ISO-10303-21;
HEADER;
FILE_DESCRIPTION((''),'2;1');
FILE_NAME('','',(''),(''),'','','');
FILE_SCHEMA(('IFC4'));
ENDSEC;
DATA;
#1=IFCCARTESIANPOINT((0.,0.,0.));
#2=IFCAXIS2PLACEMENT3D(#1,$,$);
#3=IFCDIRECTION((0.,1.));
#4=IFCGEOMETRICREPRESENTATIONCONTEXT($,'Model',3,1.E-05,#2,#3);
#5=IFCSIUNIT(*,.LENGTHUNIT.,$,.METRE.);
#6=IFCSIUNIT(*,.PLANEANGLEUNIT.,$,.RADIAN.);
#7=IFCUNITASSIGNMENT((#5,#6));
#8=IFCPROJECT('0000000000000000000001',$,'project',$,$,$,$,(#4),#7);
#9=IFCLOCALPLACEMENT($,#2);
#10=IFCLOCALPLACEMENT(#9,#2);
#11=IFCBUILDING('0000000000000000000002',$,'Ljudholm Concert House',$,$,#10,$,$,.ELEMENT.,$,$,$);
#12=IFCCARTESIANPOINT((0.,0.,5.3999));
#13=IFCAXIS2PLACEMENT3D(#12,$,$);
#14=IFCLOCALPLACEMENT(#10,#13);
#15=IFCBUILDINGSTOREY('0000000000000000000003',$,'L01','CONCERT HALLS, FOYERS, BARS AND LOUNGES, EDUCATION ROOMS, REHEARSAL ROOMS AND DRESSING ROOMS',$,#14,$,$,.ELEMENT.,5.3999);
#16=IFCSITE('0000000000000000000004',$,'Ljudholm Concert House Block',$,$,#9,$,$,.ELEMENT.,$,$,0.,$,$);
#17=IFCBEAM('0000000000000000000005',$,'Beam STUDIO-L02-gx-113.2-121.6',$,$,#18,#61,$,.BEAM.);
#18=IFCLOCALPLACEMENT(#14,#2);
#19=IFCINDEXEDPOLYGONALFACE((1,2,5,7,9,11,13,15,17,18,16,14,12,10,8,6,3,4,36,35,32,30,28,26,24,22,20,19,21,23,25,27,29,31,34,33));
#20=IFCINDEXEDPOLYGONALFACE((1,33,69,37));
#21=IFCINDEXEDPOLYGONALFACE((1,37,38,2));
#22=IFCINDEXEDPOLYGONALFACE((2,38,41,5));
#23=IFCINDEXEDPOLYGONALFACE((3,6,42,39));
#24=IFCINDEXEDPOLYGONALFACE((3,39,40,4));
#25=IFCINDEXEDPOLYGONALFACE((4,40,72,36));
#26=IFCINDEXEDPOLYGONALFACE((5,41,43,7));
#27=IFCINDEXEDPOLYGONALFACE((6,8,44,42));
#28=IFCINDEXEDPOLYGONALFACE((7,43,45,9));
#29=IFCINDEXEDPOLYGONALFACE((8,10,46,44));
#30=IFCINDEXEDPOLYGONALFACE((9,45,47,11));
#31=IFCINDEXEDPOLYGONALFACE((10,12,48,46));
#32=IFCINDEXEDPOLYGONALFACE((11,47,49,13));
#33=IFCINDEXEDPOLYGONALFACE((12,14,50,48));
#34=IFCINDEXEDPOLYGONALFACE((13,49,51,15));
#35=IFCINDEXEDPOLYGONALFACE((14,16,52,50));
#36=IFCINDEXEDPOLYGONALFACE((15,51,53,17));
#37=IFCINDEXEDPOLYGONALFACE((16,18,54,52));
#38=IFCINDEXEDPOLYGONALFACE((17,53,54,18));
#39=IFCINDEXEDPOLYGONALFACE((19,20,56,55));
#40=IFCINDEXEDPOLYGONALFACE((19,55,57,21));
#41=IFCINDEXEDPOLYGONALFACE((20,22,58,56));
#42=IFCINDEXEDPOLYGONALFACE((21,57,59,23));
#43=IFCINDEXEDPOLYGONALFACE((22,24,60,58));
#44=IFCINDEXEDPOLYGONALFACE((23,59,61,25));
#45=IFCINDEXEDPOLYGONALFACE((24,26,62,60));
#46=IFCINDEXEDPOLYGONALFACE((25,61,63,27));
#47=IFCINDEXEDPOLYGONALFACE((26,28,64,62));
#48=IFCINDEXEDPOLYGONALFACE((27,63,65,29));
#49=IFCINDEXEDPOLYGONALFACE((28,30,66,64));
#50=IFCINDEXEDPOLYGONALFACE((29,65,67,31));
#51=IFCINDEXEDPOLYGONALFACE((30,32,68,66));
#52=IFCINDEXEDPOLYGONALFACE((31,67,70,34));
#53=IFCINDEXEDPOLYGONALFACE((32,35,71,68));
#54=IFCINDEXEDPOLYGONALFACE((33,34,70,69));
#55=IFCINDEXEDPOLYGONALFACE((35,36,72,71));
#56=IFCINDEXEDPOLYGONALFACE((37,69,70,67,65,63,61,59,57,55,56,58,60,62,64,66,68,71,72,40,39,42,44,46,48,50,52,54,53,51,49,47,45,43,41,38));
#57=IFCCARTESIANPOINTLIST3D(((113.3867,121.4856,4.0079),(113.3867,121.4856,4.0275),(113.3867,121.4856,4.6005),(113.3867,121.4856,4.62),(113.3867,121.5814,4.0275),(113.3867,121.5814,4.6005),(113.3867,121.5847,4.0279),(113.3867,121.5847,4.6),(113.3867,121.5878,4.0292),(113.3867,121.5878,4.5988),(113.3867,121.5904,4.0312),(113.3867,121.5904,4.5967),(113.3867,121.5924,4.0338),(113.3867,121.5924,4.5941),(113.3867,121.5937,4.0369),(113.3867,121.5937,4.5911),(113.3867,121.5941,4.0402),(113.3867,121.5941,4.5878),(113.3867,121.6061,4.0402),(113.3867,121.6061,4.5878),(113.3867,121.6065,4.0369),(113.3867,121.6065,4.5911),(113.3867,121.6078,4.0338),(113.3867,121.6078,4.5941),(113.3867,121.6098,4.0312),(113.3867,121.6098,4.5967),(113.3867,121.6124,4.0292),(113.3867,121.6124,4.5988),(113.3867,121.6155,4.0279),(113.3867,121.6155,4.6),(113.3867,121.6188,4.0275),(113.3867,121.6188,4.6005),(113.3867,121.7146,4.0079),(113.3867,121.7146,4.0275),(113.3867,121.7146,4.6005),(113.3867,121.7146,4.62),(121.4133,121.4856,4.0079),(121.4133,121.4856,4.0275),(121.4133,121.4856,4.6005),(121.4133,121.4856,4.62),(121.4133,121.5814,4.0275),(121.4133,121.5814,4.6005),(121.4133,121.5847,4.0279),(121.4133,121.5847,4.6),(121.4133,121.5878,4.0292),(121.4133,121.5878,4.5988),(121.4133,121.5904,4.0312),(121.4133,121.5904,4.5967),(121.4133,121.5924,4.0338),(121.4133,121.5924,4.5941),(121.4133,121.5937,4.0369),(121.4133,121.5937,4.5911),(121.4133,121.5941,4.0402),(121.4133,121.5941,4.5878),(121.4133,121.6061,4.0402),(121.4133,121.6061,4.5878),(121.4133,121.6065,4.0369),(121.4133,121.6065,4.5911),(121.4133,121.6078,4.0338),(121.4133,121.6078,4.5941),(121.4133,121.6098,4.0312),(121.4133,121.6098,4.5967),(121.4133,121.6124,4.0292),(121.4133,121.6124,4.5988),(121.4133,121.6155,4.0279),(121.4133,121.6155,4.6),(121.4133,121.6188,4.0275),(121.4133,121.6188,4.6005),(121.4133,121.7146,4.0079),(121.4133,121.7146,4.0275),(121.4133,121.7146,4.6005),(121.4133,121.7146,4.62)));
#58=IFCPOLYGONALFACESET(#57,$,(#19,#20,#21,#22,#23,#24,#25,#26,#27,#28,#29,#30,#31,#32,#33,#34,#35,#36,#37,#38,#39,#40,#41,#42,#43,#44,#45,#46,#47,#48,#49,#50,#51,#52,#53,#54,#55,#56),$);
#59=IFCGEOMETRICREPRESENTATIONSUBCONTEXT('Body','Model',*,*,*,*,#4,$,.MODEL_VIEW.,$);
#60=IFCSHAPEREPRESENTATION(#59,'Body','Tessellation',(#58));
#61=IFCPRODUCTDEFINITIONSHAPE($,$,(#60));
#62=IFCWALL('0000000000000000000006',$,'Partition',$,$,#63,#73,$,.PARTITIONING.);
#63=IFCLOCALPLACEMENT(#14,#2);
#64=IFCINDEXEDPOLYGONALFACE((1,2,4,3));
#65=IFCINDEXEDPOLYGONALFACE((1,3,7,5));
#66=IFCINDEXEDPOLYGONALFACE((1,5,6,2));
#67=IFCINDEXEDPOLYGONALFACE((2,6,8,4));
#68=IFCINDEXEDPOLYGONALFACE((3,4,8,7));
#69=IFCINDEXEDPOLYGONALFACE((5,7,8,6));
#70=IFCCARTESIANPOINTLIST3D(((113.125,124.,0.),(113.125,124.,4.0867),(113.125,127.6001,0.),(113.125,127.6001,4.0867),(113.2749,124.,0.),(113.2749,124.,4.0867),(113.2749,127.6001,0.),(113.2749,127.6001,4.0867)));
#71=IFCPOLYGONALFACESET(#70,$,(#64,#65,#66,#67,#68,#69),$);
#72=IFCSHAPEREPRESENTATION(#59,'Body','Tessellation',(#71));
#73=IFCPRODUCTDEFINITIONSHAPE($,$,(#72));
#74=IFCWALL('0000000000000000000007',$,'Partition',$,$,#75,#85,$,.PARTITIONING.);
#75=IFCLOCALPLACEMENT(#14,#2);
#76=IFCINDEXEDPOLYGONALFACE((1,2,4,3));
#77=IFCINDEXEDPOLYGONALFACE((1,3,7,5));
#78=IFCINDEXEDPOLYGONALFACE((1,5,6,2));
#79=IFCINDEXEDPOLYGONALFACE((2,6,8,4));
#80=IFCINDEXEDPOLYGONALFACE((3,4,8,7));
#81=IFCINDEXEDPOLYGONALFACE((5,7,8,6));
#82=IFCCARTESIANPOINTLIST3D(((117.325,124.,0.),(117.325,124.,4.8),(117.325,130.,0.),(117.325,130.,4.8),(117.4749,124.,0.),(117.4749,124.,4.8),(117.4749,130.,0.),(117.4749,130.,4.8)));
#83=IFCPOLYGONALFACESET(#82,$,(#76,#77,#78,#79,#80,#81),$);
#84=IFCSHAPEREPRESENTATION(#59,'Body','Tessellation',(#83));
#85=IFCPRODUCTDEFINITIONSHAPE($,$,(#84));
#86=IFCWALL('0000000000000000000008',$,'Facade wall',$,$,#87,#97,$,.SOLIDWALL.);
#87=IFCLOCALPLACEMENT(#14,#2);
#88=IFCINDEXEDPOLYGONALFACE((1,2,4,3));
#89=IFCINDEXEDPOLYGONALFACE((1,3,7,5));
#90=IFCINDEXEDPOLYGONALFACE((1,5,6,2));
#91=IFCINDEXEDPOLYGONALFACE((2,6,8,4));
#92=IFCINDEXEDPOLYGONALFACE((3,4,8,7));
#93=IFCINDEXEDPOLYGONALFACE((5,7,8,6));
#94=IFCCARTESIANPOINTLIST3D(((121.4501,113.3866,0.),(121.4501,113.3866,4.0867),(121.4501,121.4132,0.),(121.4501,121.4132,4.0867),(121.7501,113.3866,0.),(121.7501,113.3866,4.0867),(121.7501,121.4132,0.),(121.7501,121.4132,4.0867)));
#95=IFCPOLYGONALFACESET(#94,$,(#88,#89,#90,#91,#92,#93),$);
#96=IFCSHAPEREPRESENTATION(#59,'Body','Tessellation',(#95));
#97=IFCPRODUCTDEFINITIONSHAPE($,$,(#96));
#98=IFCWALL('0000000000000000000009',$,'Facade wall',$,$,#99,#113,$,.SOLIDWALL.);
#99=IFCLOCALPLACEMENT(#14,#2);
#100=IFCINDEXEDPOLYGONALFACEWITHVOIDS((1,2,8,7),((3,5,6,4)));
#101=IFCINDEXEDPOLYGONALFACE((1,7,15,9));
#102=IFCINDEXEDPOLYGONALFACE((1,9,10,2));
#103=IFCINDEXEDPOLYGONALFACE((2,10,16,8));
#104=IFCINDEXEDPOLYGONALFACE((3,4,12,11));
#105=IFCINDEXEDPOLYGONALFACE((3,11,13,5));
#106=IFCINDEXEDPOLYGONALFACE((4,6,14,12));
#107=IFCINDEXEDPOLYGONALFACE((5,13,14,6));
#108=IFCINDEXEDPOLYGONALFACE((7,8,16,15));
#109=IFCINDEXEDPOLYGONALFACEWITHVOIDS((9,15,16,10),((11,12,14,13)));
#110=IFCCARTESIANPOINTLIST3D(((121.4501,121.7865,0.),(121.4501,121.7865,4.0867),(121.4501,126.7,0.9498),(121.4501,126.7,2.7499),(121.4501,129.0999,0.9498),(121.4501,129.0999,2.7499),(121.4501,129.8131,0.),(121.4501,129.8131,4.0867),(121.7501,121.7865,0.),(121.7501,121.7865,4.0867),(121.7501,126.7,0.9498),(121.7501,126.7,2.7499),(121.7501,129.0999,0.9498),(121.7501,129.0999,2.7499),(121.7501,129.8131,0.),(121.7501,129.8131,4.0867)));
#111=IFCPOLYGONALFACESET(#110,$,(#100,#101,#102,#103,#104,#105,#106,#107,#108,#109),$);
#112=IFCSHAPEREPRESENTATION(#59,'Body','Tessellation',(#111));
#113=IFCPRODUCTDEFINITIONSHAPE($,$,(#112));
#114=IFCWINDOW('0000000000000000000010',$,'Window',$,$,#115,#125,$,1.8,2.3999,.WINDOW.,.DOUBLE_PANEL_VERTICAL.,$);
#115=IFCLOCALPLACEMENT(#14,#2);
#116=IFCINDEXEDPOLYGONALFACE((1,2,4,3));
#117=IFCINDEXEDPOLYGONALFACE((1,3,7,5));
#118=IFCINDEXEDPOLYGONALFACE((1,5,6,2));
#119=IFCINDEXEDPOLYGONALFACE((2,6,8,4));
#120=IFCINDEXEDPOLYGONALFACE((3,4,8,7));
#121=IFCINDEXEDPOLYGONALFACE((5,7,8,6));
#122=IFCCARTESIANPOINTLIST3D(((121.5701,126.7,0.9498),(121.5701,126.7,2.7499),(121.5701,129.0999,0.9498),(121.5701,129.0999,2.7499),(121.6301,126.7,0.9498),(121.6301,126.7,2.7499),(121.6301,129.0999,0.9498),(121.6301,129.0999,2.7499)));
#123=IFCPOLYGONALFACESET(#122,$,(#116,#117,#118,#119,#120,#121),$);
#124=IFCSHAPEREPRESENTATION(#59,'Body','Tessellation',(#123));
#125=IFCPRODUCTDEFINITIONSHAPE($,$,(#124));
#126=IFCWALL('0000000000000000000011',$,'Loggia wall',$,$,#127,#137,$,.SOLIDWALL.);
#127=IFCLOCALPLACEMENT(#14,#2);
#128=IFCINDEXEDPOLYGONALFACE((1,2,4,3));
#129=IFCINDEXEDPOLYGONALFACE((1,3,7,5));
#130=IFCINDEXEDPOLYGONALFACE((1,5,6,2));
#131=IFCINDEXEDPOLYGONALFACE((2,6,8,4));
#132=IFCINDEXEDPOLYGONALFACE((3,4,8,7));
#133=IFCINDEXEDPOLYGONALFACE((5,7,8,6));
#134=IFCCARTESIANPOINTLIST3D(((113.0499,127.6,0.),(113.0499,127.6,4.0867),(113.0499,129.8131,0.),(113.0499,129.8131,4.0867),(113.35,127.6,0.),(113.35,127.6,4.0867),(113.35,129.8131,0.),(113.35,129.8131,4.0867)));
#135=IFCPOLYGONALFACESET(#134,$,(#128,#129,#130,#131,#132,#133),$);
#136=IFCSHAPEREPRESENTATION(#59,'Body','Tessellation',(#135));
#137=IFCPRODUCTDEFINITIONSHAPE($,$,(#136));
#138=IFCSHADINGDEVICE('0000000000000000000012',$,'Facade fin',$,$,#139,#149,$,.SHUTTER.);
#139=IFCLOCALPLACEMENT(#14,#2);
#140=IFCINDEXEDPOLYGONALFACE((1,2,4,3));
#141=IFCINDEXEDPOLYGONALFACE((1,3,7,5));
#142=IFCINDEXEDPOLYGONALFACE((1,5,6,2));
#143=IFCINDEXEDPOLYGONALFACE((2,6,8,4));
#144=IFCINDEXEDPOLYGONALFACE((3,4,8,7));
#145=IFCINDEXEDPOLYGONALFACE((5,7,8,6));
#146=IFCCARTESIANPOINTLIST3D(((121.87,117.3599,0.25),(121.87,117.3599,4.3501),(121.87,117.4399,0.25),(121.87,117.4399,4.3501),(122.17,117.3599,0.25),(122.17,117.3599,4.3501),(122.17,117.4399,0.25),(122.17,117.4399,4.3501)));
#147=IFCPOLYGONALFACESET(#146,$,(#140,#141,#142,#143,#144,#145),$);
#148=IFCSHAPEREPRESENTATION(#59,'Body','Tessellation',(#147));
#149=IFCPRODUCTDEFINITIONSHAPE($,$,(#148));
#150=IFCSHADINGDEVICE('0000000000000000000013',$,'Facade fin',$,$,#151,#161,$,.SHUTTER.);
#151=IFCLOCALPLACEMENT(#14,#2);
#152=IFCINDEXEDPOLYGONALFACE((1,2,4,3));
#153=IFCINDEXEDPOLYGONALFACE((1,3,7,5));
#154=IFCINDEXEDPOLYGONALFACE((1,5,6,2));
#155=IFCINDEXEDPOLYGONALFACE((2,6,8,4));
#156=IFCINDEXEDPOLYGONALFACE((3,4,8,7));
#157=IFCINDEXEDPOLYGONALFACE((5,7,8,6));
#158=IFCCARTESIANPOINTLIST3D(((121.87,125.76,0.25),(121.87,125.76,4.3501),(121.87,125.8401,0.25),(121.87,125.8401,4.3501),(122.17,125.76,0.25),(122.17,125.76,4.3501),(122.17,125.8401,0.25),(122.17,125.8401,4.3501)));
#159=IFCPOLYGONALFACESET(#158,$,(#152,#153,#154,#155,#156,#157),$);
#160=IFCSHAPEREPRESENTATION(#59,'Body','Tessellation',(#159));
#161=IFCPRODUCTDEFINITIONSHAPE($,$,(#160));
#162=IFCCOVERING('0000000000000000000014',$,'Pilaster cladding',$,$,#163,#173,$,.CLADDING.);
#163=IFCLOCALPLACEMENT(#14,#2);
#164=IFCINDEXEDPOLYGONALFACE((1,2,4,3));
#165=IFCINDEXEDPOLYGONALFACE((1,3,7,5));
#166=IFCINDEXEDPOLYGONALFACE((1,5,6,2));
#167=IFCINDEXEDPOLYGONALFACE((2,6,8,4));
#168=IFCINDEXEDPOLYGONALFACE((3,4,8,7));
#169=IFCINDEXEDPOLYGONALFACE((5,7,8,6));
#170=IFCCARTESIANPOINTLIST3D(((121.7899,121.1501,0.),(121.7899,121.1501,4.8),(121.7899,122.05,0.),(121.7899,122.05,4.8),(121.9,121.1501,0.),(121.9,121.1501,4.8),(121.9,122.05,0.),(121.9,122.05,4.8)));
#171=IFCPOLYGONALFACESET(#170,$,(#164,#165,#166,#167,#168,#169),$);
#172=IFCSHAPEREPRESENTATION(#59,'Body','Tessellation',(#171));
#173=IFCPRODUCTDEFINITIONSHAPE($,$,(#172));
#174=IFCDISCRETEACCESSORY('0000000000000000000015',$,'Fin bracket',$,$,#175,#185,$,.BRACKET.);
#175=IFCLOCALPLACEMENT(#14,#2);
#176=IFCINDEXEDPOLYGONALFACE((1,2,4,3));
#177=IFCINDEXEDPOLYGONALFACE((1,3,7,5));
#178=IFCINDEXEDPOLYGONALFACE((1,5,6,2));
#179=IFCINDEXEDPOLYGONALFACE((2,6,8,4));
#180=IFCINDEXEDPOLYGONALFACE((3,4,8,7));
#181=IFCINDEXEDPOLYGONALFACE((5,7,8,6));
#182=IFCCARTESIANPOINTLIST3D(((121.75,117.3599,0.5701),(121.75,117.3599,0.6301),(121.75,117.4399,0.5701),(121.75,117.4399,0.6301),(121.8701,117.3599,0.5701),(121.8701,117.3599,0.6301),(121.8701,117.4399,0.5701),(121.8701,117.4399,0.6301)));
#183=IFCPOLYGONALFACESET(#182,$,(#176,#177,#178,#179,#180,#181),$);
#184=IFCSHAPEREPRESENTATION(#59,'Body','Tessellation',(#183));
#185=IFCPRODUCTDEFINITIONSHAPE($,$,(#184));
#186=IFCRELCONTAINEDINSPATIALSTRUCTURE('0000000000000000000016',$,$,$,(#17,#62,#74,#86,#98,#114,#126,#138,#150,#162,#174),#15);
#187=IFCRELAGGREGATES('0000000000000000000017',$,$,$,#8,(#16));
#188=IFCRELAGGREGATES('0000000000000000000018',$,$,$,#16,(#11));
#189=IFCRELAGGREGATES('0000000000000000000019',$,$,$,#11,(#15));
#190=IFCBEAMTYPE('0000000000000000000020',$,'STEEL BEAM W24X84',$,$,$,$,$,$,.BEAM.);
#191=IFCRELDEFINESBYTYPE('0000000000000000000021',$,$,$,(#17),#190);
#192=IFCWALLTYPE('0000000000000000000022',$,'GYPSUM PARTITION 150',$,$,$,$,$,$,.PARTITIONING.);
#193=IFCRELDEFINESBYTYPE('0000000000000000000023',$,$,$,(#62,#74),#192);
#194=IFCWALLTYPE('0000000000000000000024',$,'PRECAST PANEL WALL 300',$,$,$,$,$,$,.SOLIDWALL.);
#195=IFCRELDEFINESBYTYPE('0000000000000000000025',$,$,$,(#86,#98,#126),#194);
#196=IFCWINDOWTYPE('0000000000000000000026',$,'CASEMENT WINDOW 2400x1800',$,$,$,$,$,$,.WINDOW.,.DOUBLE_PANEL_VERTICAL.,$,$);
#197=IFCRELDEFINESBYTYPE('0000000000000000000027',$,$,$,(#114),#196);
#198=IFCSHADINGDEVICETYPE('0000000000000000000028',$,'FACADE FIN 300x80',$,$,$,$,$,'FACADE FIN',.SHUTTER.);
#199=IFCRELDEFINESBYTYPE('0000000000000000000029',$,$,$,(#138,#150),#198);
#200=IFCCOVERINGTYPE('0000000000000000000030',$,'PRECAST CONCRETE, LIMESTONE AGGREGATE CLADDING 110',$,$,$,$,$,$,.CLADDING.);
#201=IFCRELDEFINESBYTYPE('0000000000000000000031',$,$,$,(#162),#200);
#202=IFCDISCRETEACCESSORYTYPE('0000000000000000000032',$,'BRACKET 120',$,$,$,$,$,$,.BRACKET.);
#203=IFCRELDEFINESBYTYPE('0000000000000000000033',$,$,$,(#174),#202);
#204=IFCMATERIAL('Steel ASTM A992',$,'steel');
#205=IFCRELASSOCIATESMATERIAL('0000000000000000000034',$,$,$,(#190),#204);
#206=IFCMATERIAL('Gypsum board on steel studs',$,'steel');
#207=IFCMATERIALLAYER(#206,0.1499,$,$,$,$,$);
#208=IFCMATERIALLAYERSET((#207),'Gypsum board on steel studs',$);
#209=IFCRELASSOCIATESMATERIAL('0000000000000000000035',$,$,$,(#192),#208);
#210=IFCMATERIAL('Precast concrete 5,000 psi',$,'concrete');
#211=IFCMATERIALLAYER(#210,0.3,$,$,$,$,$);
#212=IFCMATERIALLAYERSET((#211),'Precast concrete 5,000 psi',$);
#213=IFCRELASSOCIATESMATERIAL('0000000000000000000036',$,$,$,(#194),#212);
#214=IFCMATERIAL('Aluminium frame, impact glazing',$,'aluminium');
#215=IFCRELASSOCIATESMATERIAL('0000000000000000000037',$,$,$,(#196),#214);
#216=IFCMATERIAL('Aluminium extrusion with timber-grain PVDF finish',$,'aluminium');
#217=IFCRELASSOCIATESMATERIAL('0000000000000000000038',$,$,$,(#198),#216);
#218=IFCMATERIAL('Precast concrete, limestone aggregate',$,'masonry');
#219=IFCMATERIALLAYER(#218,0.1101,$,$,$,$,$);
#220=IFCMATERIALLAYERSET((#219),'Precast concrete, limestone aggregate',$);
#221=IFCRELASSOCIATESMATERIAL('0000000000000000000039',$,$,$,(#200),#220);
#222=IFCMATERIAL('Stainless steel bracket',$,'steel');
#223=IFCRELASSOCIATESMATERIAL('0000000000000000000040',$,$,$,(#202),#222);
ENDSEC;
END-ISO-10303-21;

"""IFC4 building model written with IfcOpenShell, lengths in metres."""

from ifc_helpers import new_model, si_unit, direction, frame, frame_2d, origin, origin_2d, place, context, subcontext, project, spatial, rectangle, i_section, extrude, material, layer, layer_set, material_profile, profile_set, type_object, element, fill, save


model = new_model("IFC4")

# Units and contexts
model_context = context("Model", 3, precision=1e-05, world=origin(), true_north=direction((0.0, 1.0)))
body_context = subcontext(model_context, "Body", "Model", "MODEL_VIEW")
ifc_project = project(units=[si_unit("LENGTHUNIT", "METRE"), si_unit("PLANEANGLEUNIT", "RADIAN")], contexts=[model_context])

# Site, building, storey
site_placement = place(None, origin())
site = spatial("IfcSite", under=ifc_project, at=site_placement, Name="Ljudholm Concert House Block", CompositionType="ELEMENT", RefElevation=0.0)
building_placement = place(site_placement, origin())
building = spatial("IfcBuilding", under=site, at=building_placement, Name="Ljudholm Concert House", CompositionType="ELEMENT")
storey_placement = place(building_placement, frame((0.0, 0.0, 5.3999)))
storey = spatial("IfcBuildingStorey", under=building, at=storey_placement, Name="L01", Description="CONCERT HALLS, FOYERS, BARS AND LOUNGES, EDUCATION ROOMS, REHEARSAL ROOMS AND DRESSING ROOMS", CompositionType="ELEMENT", Elevation=5.3999)

# Beam
ifc_material_1 = material(Name="Steel ASTM A992", Category="steel")
ifc_material_profile_1 = material_profile(ifc_material_1, i_section(OverallWidth=0.229, OverallDepth=0.6121, WebThickness=0.012, FlangeThickness=0.0195, FilletRadius=0.0127, at=origin_2d()), Name="W24X84")
ifc_profile_set_1 = profile_set([ifc_material_profile_1], Name="Steel ASTM A992")
beam_type_1 = type_object("IfcBeamType", Name="STEEL BEAM W24X84", PredefinedType="BEAM", material=ifc_profile_set_1)
beam_1_placement = place(storey_placement, frame((113.3867, 121.6001, 4.314), z_axis=(1.0, 0.0, 0.0), x_axis=(0.0, 1.0, 0.0)))
element("IfcBeam", 1, at=beam_1_placement, inside=storey, type_object=beam_type_1, Name="Beam STUDIO-L02-gx-113.2-121.6", PredefinedType="BEAM", context=body_context, shape_type="SweptSolid", body=[
    extrude(i_section(OverallWidth=0.229, OverallDepth=0.6121, WebThickness=0.012, FlangeThickness=0.0195, FilletRadius=0.0127, at=origin_2d()), origin(), (0.0, 0.0, 1.0), 8.0266),
])

# Walls
ifc_material_2 = material(Name="Gypsum board on steel studs", Category="steel")
ifc_layer_1 = layer(ifc_material_2, 0.1499)
ifc_layer_set_1 = layer_set([ifc_layer_1], Name="Gypsum board on steel studs")
wall_type_1 = type_object("IfcWallType", Name="GYPSUM PARTITION 150", PredefinedType="PARTITIONING", material=ifc_layer_set_1)
wall_1_placement = place(storey_placement, frame((113.2, 124.0, 0.0), z_axis=(0.0, 0.0, 1.0), x_axis=(0.0, 1.0, 0.0)))
element("IfcWall", 2, at=wall_1_placement, inside=storey, type_object=wall_type_1, Name="Partition", PredefinedType="PARTITIONING", context=body_context, shape_type="SweptSolid", body=[
    extrude(rectangle(XDim=3.6001, YDim=0.1499, at=frame_2d((1.8, 0.0))), origin(), (0.0, 0.0, 1.0), 4.0867),
])
wall_2_placement = place(storey_placement, frame((117.3999, 124.0, 0.0), z_axis=(0.0, 0.0, 1.0), x_axis=(0.0, 1.0, 0.0)))
element("IfcWall", 3, at=wall_2_placement, inside=storey, type_object=wall_type_1, Name="Partition", PredefinedType="PARTITIONING", context=body_context, shape_type="SweptSolid", body=[
    extrude(rectangle(XDim=6.0, YDim=0.1499, at=frame_2d((3.0, 0.0))), origin(), (0.0, 0.0, 1.0), 4.8),
])
ifc_material_3 = material(Name="Precast concrete 5,000 psi", Category="concrete")
ifc_layer_2 = layer(ifc_material_3, 0.3)
ifc_layer_set_2 = layer_set([ifc_layer_2], Name="Precast concrete 5,000 psi")
wall_type_2 = type_object("IfcWallType", Name="PRECAST PANEL WALL 300", PredefinedType="SOLIDWALL", material=ifc_layer_set_2)
wall_3_placement = place(storey_placement, frame((121.6001, 113.3867, 0.0), z_axis=(0.0, 0.0, 1.0), x_axis=(0.0, 1.0, 0.0)))
element("IfcWall", 4, at=wall_3_placement, inside=storey, type_object=wall_type_2, Name="Facade wall", PredefinedType="SOLIDWALL", context=body_context, shape_type="SweptSolid", body=[
    extrude(rectangle(XDim=8.0266, YDim=0.3, at=frame_2d((4.0132, 0.0))), origin(), (0.0, 0.0, 1.0), 4.0867),
])

# Wall, opening, window
wall_4_placement = place(storey_placement, frame((121.6001, 121.7866, 0.0), z_axis=(0.0, 0.0, 1.0), x_axis=(0.0, 1.0, 0.0)))
wall_4 = element("IfcWall", 5, at=wall_4_placement, inside=storey, type_object=wall_type_2, Name="Facade wall", PredefinedType="SOLIDWALL", context=body_context, shape_type="SweptSolid", body=[
    extrude(rectangle(XDim=8.0266, YDim=0.3, at=frame_2d((4.0132, 0.0))), origin(), (0.0, 0.0, 1.0), 4.0867),
])
opening_placement = place(wall_4_placement, frame((4.9133, 0.0, 0.95)))
opening = element("IfcOpeningElement", 6, at=opening_placement, cuts=wall_4, PredefinedType="OPENING", context=body_context, shape_type="SweptSolid", body=[
    extrude(rectangle(XDim=2.3999, YDim=1.8, at=frame_2d((1.2, 0.8999))), frame((0.0, 0.1599, 0.0), z_axis=(0.0, -1.0, 0.0), x_axis=(1.0, 0.0, 0.0)), (0.0, 0.0, 1.0), 0.3201),
])
ifc_material_4 = material(Name="Aluminium frame, impact glazing", Category="aluminium")
window_type = type_object("IfcWindowType", Name="CASEMENT WINDOW 2400x1800", PartitioningType="DOUBLE_PANEL_VERTICAL", PredefinedType="WINDOW", material=ifc_material_4)
window_placement = place(opening_placement, origin())
window = element("IfcWindow", 7, at=window_placement, inside=storey, type_object=window_type, Name="Window", OverallHeight=1.8, OverallWidth=2.3999, PartitioningType="DOUBLE_PANEL_VERTICAL", PredefinedType="WINDOW", context=body_context, shape_type="SweptSolid", body=[
    extrude(rectangle(XDim=2.3999, YDim=1.8, at=frame_2d((1.2, 0.8999))), frame((0.0, 0.03, 0.0), z_axis=(0.0, -1.0, 0.0), x_axis=(1.0, 0.0, 0.0)), (0.0, 0.0, 1.0), 0.0601),
])
fill(opening, window)

# Wall
wall_5_placement = place(storey_placement, frame((113.2, 127.6001, 0.0), z_axis=(0.0, 0.0, 1.0), x_axis=(0.0, 1.0, 0.0)))
element("IfcWall", 8, at=wall_5_placement, inside=storey, type_object=wall_type_2, Name="Loggia wall", PredefinedType="SOLIDWALL", context=body_context, shape_type="SweptSolid", body=[
    extrude(rectangle(XDim=2.2131, YDim=0.3, at=frame_2d((1.1064, 0.0))), origin(), (0.0, 0.0, 1.0), 4.0867),
])

# Shading devices
ifc_material_5 = material(Name="Aluminium extrusion with timber-grain PVDF finish", Category="aluminium")
shading_device_type = type_object("IfcShadingDeviceType", Name="FACADE FIN 300x80", ElementType="FACADE FIN", PredefinedType="SHUTTER", material=ifc_material_5)
for number, where, z_axis, x_axis, name in (
    (9, (122.02, 117.3999, 0.25), (0.0, 0.0, 1.0), (1.0, 0.0, 0.0), "Facade fin"),
    (10, (122.02, 125.8, 0.25), (0.0, 0.0, 1.0), (1.0, 0.0, 0.0), "Facade fin"),
):
    element("IfcShadingDevice", number, at=place(storey_placement, frame(where, z_axis=z_axis, x_axis=x_axis)), inside=storey, type_object=shading_device_type, Name=name, PredefinedType="SHUTTER", context=body_context, shape_type="SweptSolid", body=[
        extrude(rectangle(XDim=0.3, YDim=0.0801, at=origin_2d()), origin(), (0.0, 0.0, 1.0), 4.1001),
    ])

# Covering
ifc_material_6 = material(Name="Precast concrete, limestone aggregate", Category="masonry")
ifc_layer_3 = layer(ifc_material_6, 0.1101)
ifc_layer_set_3 = layer_set([ifc_layer_3], Name="Precast concrete, limestone aggregate")
covering_type = type_object("IfcCoveringType", Name="PRECAST CONCRETE, LIMESTONE AGGREGATE CLADDING 110", PredefinedType="CLADDING", material=ifc_layer_set_3)
covering_placement = place(storey_placement, frame((121.845, 121.6001, 0.0), z_axis=(0.0, 0.0, 1.0), x_axis=(1.0, 0.0, 0.0)))
element("IfcCovering", 11, at=covering_placement, inside=storey, type_object=covering_type, Name="Pilaster cladding", PredefinedType="CLADDING", context=body_context, shape_type="SweptSolid", body=[
    extrude(rectangle(XDim=0.1101, YDim=0.8999, at=origin_2d()), origin(), (0.0, 0.0, 1.0), 4.8),
])

# Discrete accessory
ifc_material_7 = material(Name="Stainless steel bracket", Category="steel")
discrete_accessory_type = type_object("IfcDiscreteAccessoryType", Name="BRACKET 120", PredefinedType="BRACKET", material=ifc_material_7)
for number, where, z_axis, x_axis, name in (
    (12, (121.8101, 117.3999, 0.5701), (0.0, 0.0, 1.0), (1.0, 0.0, 0.0), "Fin bracket"),
):
    element("IfcDiscreteAccessory", number, at=place(storey_placement, frame(where, z_axis=z_axis, x_axis=x_axis)), inside=storey, type_object=discrete_accessory_type, Name=name, PredefinedType="BRACKET", context=body_context, shape_type="SweptSolid", body=[
        extrude(rectangle(XDim=0.1201, YDim=0.0801, at=origin_2d()), origin(), (0.0, 0.0, 1.0), 0.0601),
    ])

save(model, "model.ifc")
